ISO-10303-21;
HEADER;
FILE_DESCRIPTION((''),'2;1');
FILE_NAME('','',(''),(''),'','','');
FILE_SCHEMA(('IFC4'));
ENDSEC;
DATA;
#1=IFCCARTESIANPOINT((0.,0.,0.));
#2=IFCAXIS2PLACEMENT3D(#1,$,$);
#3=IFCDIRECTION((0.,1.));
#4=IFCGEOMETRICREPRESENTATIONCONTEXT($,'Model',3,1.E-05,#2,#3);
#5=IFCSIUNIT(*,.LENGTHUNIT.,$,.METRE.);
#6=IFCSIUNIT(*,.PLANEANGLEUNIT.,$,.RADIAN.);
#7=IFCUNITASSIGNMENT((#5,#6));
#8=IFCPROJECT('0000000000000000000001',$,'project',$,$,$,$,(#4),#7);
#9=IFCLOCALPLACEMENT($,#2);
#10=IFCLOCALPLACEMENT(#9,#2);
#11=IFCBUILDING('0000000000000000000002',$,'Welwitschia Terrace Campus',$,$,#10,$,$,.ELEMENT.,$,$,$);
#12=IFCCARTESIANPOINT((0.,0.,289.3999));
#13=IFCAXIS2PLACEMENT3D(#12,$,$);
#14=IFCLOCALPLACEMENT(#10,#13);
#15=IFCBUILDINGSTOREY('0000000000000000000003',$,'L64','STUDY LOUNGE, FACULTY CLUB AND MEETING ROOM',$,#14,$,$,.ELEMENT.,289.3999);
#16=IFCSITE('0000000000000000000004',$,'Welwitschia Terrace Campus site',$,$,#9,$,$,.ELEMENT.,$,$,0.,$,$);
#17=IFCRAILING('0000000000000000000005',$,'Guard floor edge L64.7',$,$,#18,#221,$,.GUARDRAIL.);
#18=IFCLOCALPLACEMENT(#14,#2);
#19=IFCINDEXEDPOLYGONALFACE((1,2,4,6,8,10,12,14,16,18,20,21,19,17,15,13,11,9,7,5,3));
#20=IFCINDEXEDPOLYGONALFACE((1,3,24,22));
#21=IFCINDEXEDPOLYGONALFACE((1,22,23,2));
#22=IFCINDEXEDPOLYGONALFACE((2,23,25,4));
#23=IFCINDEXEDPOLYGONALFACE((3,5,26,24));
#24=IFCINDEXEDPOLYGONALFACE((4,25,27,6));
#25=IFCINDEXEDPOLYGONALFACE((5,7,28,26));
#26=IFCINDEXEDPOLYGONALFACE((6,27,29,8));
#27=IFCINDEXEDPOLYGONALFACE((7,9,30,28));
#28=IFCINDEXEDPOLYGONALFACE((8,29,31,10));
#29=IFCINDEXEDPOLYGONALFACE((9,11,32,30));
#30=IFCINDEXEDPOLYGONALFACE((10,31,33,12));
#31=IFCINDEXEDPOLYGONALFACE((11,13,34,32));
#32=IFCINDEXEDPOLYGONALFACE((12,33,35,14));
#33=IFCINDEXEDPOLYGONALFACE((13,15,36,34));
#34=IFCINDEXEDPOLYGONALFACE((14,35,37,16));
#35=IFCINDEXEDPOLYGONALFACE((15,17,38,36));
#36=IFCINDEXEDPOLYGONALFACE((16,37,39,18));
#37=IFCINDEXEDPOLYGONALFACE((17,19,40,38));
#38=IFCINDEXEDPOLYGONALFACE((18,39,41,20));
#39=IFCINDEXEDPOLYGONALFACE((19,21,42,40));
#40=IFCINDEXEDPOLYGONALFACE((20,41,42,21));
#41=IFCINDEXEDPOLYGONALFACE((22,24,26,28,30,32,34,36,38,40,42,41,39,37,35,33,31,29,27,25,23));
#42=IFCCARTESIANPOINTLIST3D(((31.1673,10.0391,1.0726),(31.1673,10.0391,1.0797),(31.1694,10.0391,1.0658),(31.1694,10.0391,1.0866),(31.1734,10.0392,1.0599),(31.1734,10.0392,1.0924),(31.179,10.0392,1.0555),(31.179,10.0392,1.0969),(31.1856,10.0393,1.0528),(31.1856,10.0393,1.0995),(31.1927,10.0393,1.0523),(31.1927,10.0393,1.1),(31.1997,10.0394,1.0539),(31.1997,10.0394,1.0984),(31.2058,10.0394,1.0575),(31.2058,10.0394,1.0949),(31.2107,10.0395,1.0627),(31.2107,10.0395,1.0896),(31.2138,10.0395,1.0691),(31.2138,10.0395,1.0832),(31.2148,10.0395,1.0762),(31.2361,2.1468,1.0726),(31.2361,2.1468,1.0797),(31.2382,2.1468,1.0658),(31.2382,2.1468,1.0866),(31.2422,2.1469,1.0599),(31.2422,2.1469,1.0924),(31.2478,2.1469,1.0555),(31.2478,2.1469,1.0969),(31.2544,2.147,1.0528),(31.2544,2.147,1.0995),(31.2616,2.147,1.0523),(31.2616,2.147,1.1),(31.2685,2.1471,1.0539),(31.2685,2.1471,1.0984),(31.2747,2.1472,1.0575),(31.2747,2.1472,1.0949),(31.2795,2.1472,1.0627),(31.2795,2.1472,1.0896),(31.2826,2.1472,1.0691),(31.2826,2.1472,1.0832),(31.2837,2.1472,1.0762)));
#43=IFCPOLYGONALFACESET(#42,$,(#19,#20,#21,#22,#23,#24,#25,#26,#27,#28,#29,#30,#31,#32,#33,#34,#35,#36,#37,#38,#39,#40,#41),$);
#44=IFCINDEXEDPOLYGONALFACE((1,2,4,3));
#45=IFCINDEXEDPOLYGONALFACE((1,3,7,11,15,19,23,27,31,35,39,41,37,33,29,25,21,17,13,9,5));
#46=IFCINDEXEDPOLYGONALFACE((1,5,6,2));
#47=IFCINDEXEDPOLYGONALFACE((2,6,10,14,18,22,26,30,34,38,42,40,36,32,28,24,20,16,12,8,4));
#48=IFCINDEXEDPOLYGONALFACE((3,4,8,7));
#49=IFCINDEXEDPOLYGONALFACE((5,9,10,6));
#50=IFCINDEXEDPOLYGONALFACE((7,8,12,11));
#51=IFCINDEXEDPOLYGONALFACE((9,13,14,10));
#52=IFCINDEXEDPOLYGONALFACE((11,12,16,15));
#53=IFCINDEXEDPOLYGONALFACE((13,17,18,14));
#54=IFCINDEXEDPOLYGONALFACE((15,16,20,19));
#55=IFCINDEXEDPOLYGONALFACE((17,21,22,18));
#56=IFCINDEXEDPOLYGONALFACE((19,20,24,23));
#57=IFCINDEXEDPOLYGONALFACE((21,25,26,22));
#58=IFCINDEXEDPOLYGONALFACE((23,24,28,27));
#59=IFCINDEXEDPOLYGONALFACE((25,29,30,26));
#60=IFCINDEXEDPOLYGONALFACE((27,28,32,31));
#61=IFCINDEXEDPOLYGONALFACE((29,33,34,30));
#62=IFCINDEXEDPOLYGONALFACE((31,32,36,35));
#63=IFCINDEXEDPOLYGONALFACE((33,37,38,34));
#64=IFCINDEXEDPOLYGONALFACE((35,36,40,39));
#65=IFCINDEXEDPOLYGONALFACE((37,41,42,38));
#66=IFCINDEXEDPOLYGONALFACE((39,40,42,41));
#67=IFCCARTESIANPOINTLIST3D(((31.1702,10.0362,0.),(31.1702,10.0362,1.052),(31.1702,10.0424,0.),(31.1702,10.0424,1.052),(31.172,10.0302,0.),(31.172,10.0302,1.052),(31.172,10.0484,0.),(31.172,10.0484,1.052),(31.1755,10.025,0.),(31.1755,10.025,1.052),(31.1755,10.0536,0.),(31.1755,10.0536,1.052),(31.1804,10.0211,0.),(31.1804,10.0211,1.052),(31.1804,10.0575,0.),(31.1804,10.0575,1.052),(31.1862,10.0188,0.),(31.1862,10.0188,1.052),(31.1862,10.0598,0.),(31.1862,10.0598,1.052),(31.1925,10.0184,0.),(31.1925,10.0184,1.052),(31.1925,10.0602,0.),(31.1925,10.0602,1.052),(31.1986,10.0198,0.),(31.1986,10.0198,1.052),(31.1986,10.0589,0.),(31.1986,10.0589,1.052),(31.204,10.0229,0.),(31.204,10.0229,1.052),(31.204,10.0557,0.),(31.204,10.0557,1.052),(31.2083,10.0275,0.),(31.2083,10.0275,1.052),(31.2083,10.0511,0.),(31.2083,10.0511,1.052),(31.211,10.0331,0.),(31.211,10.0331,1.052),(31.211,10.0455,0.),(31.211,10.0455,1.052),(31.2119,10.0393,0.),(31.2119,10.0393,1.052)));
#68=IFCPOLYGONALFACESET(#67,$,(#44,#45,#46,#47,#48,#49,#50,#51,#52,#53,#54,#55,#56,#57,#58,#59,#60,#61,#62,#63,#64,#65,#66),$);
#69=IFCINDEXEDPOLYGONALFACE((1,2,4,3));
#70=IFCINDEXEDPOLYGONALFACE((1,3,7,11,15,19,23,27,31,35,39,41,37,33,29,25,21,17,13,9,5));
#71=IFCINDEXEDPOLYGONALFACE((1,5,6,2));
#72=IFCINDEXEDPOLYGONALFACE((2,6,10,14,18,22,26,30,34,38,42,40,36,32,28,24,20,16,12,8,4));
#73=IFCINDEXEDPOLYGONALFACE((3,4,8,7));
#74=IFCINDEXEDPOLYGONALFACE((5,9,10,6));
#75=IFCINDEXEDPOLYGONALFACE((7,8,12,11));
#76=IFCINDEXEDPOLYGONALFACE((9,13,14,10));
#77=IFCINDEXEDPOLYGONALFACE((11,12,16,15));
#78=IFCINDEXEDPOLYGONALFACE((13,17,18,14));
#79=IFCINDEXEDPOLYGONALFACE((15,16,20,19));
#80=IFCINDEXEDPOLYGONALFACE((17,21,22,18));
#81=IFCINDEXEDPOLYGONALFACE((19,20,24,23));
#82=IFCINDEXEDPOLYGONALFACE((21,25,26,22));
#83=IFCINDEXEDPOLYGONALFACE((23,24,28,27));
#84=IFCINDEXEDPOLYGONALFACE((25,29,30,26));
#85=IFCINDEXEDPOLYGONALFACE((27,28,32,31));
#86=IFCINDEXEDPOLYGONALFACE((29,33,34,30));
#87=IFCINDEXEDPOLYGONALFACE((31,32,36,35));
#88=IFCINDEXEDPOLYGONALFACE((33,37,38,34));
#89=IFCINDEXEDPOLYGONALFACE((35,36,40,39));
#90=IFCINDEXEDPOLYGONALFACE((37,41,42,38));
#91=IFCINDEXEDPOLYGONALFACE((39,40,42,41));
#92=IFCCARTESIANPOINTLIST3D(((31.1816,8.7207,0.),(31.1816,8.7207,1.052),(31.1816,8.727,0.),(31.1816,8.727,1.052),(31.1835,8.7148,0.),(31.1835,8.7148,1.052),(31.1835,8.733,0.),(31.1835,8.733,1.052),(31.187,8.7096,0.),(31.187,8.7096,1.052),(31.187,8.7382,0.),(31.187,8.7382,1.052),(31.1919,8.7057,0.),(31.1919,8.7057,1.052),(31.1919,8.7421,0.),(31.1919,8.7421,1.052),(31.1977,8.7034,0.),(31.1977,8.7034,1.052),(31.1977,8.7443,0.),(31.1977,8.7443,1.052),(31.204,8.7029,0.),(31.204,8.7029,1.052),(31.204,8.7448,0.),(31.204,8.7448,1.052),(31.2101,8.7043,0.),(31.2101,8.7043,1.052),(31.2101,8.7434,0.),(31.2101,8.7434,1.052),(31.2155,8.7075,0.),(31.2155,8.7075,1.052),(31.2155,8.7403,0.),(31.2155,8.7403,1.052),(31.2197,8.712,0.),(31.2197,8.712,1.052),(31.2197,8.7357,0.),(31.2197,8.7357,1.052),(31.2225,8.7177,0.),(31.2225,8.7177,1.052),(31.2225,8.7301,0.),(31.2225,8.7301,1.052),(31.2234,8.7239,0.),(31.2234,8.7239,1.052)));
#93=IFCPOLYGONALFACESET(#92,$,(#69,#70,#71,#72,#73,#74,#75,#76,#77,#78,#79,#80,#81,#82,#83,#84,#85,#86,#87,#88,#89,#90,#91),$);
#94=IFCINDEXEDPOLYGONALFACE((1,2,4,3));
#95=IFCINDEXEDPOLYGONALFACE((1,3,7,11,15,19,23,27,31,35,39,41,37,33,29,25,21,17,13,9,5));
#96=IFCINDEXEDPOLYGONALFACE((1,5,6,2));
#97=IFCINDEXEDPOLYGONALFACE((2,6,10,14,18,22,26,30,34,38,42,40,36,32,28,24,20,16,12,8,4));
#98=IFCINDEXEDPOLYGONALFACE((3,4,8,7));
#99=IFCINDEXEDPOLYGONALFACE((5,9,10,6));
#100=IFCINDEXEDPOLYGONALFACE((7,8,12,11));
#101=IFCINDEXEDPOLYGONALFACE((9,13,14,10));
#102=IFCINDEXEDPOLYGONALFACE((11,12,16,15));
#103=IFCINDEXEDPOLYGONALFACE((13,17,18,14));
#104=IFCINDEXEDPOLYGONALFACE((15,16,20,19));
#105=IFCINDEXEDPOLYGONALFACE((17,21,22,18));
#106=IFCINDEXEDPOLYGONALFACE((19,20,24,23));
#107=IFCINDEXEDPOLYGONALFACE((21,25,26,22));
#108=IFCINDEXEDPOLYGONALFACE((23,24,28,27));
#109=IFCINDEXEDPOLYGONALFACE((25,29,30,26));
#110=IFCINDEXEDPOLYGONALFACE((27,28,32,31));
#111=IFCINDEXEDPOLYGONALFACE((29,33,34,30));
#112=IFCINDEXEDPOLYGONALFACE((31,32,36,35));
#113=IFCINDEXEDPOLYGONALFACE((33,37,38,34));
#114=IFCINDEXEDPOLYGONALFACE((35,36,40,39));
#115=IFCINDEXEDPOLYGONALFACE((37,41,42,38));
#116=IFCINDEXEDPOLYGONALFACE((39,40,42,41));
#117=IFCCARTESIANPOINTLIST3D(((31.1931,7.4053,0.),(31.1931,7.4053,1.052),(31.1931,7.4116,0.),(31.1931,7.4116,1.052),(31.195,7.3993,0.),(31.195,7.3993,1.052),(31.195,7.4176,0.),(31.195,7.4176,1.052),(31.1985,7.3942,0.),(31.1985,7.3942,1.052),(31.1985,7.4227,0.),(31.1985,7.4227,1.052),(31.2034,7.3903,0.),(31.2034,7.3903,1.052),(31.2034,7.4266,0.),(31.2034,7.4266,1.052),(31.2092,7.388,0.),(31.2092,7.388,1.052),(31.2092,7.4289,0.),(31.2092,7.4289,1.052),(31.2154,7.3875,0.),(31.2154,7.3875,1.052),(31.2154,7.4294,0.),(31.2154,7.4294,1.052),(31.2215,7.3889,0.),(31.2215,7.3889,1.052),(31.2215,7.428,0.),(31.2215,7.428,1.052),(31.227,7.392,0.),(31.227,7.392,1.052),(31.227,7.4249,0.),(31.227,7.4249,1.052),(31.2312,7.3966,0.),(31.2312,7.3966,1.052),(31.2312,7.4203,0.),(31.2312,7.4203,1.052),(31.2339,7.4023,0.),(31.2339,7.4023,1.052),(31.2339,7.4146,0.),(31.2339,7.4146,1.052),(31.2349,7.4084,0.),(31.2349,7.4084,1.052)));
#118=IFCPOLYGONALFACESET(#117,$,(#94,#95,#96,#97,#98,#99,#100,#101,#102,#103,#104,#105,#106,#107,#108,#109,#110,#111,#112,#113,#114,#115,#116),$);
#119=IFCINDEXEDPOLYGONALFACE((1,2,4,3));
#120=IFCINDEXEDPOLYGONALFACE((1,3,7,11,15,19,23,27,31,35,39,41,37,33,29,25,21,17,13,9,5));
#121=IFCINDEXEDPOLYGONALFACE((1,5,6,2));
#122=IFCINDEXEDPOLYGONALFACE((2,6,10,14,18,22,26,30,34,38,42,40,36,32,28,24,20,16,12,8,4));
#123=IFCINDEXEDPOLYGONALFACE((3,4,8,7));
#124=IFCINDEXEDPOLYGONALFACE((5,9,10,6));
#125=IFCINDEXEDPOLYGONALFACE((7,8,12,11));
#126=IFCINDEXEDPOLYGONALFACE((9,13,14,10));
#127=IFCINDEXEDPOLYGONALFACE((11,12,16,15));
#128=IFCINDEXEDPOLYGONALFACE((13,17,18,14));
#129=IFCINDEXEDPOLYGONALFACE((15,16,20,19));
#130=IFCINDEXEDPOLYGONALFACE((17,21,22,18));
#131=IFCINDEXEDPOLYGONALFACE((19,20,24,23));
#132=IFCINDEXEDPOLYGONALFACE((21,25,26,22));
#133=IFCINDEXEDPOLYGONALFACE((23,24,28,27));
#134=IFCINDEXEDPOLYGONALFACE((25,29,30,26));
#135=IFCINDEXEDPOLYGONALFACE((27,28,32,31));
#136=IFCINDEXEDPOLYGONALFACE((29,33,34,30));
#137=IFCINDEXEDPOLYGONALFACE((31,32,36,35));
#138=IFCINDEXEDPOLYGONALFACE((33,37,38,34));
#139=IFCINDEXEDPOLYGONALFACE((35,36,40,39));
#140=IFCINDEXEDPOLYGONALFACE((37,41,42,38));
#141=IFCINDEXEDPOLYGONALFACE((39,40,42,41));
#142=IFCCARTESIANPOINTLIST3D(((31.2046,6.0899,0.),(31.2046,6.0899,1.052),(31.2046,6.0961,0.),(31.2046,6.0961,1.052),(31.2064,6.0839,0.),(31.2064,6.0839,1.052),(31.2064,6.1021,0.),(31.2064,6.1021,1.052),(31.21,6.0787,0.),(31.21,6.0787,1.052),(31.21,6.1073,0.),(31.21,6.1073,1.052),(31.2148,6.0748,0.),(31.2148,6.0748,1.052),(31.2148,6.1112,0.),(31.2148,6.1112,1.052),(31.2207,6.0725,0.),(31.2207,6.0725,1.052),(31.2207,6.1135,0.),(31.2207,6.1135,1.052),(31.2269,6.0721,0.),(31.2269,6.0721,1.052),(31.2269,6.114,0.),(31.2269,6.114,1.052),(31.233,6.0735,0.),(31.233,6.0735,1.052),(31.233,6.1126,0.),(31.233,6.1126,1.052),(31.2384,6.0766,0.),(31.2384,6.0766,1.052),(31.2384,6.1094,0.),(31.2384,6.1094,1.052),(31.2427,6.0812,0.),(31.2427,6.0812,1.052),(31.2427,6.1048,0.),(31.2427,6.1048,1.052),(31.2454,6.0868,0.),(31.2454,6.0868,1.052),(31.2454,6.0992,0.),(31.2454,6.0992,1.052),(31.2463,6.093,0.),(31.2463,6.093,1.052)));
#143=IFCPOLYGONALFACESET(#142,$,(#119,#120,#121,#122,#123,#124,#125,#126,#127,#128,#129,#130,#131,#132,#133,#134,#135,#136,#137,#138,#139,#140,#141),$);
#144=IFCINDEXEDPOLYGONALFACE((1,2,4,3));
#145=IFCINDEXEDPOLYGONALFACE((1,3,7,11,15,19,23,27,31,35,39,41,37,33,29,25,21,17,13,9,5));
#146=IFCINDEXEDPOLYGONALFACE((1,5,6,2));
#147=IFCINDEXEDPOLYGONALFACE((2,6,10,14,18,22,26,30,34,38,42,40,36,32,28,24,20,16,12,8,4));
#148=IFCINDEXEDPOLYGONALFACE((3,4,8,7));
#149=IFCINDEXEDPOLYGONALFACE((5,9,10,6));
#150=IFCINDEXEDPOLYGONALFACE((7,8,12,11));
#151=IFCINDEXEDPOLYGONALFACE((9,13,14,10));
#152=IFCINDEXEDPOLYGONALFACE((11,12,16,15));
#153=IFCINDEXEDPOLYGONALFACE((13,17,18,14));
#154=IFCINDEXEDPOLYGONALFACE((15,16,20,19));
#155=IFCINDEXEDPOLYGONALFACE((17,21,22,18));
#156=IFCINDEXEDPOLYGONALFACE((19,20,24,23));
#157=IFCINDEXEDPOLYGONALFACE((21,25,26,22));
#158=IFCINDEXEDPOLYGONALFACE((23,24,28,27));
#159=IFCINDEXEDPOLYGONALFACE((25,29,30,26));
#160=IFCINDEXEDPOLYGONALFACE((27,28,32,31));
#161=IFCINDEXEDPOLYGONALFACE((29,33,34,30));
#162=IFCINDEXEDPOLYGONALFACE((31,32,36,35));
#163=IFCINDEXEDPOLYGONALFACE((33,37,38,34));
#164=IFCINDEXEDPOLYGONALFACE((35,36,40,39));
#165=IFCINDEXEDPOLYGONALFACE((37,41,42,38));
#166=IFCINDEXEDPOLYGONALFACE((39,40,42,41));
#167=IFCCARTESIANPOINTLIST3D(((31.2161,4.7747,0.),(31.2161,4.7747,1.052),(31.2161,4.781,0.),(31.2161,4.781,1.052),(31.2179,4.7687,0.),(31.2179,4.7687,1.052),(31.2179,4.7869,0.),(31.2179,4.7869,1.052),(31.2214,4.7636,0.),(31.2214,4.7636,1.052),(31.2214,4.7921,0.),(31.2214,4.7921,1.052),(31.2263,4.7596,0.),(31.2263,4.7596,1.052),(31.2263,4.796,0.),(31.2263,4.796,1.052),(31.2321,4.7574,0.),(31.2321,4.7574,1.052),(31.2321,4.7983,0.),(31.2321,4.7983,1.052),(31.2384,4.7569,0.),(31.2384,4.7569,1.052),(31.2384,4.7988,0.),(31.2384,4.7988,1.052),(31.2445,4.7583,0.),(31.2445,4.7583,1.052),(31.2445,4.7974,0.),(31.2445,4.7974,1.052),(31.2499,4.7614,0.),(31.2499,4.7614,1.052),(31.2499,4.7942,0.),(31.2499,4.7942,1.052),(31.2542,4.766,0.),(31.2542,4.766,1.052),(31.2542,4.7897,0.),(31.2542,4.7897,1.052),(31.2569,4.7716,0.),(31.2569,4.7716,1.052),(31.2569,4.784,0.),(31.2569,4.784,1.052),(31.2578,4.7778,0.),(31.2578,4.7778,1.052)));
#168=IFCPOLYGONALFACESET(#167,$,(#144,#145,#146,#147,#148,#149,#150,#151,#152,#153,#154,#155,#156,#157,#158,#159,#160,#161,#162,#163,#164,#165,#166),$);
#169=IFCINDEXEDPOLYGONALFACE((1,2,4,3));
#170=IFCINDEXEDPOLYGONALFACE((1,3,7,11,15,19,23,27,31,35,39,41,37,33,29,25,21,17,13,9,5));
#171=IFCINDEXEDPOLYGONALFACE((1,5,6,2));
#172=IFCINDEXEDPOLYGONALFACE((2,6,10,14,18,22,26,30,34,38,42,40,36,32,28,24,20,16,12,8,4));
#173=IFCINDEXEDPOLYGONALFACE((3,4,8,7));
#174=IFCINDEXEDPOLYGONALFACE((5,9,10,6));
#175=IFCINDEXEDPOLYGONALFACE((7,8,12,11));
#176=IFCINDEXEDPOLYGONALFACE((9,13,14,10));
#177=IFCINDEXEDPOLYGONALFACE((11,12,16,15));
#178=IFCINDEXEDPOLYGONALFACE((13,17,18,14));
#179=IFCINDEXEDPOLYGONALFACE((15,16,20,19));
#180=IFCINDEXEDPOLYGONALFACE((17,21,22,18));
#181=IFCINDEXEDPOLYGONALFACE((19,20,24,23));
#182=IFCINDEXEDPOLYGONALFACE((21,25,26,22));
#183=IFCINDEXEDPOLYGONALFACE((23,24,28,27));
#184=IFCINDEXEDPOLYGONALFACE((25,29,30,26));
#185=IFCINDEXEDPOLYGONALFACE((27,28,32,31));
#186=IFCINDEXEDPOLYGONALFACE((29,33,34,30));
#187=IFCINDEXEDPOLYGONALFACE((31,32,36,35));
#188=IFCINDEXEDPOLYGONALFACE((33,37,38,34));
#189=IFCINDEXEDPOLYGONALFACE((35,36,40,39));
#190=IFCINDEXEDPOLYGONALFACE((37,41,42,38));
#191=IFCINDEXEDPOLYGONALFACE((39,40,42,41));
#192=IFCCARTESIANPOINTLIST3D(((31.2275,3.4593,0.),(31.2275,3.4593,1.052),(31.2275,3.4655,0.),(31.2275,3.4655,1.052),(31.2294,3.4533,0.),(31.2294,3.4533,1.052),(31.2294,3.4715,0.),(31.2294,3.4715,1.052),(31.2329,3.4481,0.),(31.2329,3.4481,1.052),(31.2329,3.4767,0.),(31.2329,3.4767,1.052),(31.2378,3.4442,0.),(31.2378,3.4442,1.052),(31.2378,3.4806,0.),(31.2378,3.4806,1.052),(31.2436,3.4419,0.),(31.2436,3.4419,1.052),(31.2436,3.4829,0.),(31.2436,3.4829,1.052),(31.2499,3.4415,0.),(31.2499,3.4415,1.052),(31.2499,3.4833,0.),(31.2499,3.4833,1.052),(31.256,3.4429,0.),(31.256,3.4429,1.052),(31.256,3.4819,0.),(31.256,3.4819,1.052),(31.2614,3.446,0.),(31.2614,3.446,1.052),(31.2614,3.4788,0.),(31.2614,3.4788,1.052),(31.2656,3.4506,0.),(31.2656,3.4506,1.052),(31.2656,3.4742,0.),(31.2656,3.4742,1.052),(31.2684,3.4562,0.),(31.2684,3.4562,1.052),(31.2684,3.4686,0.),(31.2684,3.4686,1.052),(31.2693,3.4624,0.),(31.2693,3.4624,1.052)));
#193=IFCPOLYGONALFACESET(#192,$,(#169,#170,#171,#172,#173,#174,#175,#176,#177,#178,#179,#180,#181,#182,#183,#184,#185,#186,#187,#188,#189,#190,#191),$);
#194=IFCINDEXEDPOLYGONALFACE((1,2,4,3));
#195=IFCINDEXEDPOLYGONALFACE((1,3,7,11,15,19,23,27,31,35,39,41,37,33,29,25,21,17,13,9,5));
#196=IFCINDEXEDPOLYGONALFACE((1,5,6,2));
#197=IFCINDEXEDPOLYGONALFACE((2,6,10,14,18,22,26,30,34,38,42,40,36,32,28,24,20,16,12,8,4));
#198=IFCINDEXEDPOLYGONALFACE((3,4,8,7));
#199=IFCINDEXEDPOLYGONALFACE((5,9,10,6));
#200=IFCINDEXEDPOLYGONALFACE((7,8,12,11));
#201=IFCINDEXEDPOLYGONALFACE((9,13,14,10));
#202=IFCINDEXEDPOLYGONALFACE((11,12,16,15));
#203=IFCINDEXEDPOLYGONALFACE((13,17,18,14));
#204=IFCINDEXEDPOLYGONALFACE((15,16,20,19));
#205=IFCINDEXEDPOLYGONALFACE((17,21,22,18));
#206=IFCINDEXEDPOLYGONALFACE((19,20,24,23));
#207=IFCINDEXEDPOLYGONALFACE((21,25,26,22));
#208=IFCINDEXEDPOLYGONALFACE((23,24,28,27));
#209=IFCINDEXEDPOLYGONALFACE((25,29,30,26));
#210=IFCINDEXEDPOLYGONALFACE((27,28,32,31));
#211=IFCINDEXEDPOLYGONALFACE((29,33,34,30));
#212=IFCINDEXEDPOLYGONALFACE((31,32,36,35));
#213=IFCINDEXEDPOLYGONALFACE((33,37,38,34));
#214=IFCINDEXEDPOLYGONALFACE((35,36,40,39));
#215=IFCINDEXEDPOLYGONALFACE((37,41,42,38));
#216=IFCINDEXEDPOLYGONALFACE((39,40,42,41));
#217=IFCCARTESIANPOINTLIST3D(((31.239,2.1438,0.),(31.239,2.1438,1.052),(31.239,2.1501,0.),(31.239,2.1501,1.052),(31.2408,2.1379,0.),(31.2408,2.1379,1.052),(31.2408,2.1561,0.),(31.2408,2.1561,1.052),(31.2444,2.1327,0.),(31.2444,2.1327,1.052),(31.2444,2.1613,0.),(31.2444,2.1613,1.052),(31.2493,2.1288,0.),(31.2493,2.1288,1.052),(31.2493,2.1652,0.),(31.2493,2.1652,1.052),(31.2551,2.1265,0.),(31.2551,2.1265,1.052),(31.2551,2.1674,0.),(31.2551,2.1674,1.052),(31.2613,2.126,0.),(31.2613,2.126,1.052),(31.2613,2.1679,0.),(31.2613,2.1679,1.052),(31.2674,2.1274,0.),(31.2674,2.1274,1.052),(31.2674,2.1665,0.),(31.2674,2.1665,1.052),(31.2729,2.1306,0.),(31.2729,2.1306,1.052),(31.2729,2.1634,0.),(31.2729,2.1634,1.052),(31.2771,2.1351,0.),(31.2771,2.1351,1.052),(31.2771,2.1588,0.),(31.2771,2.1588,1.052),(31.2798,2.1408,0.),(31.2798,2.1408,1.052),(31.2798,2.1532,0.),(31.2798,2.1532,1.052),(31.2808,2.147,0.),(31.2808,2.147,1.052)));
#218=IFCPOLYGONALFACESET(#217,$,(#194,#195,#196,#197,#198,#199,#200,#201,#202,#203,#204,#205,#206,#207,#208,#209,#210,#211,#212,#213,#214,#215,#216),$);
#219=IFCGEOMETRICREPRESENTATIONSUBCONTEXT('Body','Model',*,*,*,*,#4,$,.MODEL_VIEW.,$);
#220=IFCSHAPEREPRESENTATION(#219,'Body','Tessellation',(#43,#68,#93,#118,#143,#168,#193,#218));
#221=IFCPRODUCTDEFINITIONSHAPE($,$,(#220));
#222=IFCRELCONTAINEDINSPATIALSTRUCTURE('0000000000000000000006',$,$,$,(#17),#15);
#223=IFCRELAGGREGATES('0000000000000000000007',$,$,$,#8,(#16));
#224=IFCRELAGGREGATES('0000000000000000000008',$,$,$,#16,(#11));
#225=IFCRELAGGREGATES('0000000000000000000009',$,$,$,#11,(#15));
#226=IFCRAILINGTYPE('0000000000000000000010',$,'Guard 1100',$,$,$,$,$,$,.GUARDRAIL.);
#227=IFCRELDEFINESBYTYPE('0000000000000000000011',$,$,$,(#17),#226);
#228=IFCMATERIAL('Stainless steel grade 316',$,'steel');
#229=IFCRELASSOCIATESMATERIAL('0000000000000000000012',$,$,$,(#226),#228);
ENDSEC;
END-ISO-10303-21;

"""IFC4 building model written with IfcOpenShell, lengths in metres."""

from ifc_helpers import new_model, si_unit, direction, frame, origin, origin_2d, place, context, subcontext, project, spatial, circle, extrude, material, type_object, element, save


model = new_model("IFC4")

# Units and contexts
model_context = context("Model", 3, precision=1e-05, world=origin(), true_north=direction((0.0, 1.0)))
body_context = subcontext(model_context, "Body", "Model", "MODEL_VIEW")
ifc_project = project(units=[si_unit("LENGTHUNIT", "METRE"), si_unit("PLANEANGLEUNIT", "RADIAN")], contexts=[model_context])

# Site, building, storey
site_placement = place(None, origin())
site = spatial("IfcSite", under=ifc_project, at=site_placement, Name="Welwitschia Terrace Campus site", CompositionType="ELEMENT", RefElevation=0.0)
building_placement = place(site_placement, origin())
building = spatial("IfcBuilding", under=site, at=building_placement, Name="Welwitschia Terrace Campus", CompositionType="ELEMENT")
storey_placement = place(building_placement, frame((0.0, 0.0, 289.3999)))
storey = spatial("IfcBuildingStorey", under=building, at=storey_placement, Name="L64", Description="STUDY LOUNGE, FACULTY CLUB AND MEETING ROOM", CompositionType="ELEMENT", Elevation=289.3999)

# Railing
ifc_material_1 = material(Name="Stainless steel grade 316", Category="steel")
railing_type = type_object("IfcRailingType", Name="Guard 1100", PredefinedType="GUARDRAIL", material=ifc_material_1)
railing_1_placement = place(storey_placement, frame((31.1909, 10.0393, 0.0)))
element("IfcRailing", 1, at=railing_1_placement, inside=storey, type_object=railing_type, Name="Guard floor edge L64.7", PredefinedType="GUARDRAIL", context=body_context, shape_type="SweptSolid", body=[
    extrude(circle(Radius=0.0239, at=origin_2d()), frame((0.0, 0.0, 1.0762), z_axis=(0.008723, -0.999962, 0.0), x_axis=(0.999962, 0.008723, 0.0)), (0.0, 0.0, 1.0), 7.8926),
    extrude(circle(Radius=0.021, at=origin_2d()), origin(), (0.0, 0.0, 1.0), 1.052),
    extrude(circle(Radius=0.021, at=origin_2d()), frame((0.0115, -1.3154, 0.0)), (0.0, 0.0, 1.0), 1.052),
    extrude(circle(Radius=0.021, at=origin_2d()), frame((0.0229, -2.6309, 0.0)), (0.0, 0.0, 1.0), 1.052),
    extrude(circle(Radius=0.021, at=origin_2d()), frame((0.0344, -3.9463, 0.0)), (0.0, 0.0, 1.0), 1.052),
    extrude(circle(Radius=0.021, at=origin_2d()), frame((0.0459, -5.2615, 0.0)), (0.0, 0.0, 1.0), 1.052),
    extrude(circle(Radius=0.021, at=origin_2d()), frame((0.0574, -6.5769, 0.0)), (0.0, 0.0, 1.0), 1.052),
    extrude(circle(Radius=0.021, at=origin_2d()), frame((0.0688, -7.8923, 0.0)), (0.0, 0.0, 1.0), 1.052),
])

save(model, "model.ifc")
